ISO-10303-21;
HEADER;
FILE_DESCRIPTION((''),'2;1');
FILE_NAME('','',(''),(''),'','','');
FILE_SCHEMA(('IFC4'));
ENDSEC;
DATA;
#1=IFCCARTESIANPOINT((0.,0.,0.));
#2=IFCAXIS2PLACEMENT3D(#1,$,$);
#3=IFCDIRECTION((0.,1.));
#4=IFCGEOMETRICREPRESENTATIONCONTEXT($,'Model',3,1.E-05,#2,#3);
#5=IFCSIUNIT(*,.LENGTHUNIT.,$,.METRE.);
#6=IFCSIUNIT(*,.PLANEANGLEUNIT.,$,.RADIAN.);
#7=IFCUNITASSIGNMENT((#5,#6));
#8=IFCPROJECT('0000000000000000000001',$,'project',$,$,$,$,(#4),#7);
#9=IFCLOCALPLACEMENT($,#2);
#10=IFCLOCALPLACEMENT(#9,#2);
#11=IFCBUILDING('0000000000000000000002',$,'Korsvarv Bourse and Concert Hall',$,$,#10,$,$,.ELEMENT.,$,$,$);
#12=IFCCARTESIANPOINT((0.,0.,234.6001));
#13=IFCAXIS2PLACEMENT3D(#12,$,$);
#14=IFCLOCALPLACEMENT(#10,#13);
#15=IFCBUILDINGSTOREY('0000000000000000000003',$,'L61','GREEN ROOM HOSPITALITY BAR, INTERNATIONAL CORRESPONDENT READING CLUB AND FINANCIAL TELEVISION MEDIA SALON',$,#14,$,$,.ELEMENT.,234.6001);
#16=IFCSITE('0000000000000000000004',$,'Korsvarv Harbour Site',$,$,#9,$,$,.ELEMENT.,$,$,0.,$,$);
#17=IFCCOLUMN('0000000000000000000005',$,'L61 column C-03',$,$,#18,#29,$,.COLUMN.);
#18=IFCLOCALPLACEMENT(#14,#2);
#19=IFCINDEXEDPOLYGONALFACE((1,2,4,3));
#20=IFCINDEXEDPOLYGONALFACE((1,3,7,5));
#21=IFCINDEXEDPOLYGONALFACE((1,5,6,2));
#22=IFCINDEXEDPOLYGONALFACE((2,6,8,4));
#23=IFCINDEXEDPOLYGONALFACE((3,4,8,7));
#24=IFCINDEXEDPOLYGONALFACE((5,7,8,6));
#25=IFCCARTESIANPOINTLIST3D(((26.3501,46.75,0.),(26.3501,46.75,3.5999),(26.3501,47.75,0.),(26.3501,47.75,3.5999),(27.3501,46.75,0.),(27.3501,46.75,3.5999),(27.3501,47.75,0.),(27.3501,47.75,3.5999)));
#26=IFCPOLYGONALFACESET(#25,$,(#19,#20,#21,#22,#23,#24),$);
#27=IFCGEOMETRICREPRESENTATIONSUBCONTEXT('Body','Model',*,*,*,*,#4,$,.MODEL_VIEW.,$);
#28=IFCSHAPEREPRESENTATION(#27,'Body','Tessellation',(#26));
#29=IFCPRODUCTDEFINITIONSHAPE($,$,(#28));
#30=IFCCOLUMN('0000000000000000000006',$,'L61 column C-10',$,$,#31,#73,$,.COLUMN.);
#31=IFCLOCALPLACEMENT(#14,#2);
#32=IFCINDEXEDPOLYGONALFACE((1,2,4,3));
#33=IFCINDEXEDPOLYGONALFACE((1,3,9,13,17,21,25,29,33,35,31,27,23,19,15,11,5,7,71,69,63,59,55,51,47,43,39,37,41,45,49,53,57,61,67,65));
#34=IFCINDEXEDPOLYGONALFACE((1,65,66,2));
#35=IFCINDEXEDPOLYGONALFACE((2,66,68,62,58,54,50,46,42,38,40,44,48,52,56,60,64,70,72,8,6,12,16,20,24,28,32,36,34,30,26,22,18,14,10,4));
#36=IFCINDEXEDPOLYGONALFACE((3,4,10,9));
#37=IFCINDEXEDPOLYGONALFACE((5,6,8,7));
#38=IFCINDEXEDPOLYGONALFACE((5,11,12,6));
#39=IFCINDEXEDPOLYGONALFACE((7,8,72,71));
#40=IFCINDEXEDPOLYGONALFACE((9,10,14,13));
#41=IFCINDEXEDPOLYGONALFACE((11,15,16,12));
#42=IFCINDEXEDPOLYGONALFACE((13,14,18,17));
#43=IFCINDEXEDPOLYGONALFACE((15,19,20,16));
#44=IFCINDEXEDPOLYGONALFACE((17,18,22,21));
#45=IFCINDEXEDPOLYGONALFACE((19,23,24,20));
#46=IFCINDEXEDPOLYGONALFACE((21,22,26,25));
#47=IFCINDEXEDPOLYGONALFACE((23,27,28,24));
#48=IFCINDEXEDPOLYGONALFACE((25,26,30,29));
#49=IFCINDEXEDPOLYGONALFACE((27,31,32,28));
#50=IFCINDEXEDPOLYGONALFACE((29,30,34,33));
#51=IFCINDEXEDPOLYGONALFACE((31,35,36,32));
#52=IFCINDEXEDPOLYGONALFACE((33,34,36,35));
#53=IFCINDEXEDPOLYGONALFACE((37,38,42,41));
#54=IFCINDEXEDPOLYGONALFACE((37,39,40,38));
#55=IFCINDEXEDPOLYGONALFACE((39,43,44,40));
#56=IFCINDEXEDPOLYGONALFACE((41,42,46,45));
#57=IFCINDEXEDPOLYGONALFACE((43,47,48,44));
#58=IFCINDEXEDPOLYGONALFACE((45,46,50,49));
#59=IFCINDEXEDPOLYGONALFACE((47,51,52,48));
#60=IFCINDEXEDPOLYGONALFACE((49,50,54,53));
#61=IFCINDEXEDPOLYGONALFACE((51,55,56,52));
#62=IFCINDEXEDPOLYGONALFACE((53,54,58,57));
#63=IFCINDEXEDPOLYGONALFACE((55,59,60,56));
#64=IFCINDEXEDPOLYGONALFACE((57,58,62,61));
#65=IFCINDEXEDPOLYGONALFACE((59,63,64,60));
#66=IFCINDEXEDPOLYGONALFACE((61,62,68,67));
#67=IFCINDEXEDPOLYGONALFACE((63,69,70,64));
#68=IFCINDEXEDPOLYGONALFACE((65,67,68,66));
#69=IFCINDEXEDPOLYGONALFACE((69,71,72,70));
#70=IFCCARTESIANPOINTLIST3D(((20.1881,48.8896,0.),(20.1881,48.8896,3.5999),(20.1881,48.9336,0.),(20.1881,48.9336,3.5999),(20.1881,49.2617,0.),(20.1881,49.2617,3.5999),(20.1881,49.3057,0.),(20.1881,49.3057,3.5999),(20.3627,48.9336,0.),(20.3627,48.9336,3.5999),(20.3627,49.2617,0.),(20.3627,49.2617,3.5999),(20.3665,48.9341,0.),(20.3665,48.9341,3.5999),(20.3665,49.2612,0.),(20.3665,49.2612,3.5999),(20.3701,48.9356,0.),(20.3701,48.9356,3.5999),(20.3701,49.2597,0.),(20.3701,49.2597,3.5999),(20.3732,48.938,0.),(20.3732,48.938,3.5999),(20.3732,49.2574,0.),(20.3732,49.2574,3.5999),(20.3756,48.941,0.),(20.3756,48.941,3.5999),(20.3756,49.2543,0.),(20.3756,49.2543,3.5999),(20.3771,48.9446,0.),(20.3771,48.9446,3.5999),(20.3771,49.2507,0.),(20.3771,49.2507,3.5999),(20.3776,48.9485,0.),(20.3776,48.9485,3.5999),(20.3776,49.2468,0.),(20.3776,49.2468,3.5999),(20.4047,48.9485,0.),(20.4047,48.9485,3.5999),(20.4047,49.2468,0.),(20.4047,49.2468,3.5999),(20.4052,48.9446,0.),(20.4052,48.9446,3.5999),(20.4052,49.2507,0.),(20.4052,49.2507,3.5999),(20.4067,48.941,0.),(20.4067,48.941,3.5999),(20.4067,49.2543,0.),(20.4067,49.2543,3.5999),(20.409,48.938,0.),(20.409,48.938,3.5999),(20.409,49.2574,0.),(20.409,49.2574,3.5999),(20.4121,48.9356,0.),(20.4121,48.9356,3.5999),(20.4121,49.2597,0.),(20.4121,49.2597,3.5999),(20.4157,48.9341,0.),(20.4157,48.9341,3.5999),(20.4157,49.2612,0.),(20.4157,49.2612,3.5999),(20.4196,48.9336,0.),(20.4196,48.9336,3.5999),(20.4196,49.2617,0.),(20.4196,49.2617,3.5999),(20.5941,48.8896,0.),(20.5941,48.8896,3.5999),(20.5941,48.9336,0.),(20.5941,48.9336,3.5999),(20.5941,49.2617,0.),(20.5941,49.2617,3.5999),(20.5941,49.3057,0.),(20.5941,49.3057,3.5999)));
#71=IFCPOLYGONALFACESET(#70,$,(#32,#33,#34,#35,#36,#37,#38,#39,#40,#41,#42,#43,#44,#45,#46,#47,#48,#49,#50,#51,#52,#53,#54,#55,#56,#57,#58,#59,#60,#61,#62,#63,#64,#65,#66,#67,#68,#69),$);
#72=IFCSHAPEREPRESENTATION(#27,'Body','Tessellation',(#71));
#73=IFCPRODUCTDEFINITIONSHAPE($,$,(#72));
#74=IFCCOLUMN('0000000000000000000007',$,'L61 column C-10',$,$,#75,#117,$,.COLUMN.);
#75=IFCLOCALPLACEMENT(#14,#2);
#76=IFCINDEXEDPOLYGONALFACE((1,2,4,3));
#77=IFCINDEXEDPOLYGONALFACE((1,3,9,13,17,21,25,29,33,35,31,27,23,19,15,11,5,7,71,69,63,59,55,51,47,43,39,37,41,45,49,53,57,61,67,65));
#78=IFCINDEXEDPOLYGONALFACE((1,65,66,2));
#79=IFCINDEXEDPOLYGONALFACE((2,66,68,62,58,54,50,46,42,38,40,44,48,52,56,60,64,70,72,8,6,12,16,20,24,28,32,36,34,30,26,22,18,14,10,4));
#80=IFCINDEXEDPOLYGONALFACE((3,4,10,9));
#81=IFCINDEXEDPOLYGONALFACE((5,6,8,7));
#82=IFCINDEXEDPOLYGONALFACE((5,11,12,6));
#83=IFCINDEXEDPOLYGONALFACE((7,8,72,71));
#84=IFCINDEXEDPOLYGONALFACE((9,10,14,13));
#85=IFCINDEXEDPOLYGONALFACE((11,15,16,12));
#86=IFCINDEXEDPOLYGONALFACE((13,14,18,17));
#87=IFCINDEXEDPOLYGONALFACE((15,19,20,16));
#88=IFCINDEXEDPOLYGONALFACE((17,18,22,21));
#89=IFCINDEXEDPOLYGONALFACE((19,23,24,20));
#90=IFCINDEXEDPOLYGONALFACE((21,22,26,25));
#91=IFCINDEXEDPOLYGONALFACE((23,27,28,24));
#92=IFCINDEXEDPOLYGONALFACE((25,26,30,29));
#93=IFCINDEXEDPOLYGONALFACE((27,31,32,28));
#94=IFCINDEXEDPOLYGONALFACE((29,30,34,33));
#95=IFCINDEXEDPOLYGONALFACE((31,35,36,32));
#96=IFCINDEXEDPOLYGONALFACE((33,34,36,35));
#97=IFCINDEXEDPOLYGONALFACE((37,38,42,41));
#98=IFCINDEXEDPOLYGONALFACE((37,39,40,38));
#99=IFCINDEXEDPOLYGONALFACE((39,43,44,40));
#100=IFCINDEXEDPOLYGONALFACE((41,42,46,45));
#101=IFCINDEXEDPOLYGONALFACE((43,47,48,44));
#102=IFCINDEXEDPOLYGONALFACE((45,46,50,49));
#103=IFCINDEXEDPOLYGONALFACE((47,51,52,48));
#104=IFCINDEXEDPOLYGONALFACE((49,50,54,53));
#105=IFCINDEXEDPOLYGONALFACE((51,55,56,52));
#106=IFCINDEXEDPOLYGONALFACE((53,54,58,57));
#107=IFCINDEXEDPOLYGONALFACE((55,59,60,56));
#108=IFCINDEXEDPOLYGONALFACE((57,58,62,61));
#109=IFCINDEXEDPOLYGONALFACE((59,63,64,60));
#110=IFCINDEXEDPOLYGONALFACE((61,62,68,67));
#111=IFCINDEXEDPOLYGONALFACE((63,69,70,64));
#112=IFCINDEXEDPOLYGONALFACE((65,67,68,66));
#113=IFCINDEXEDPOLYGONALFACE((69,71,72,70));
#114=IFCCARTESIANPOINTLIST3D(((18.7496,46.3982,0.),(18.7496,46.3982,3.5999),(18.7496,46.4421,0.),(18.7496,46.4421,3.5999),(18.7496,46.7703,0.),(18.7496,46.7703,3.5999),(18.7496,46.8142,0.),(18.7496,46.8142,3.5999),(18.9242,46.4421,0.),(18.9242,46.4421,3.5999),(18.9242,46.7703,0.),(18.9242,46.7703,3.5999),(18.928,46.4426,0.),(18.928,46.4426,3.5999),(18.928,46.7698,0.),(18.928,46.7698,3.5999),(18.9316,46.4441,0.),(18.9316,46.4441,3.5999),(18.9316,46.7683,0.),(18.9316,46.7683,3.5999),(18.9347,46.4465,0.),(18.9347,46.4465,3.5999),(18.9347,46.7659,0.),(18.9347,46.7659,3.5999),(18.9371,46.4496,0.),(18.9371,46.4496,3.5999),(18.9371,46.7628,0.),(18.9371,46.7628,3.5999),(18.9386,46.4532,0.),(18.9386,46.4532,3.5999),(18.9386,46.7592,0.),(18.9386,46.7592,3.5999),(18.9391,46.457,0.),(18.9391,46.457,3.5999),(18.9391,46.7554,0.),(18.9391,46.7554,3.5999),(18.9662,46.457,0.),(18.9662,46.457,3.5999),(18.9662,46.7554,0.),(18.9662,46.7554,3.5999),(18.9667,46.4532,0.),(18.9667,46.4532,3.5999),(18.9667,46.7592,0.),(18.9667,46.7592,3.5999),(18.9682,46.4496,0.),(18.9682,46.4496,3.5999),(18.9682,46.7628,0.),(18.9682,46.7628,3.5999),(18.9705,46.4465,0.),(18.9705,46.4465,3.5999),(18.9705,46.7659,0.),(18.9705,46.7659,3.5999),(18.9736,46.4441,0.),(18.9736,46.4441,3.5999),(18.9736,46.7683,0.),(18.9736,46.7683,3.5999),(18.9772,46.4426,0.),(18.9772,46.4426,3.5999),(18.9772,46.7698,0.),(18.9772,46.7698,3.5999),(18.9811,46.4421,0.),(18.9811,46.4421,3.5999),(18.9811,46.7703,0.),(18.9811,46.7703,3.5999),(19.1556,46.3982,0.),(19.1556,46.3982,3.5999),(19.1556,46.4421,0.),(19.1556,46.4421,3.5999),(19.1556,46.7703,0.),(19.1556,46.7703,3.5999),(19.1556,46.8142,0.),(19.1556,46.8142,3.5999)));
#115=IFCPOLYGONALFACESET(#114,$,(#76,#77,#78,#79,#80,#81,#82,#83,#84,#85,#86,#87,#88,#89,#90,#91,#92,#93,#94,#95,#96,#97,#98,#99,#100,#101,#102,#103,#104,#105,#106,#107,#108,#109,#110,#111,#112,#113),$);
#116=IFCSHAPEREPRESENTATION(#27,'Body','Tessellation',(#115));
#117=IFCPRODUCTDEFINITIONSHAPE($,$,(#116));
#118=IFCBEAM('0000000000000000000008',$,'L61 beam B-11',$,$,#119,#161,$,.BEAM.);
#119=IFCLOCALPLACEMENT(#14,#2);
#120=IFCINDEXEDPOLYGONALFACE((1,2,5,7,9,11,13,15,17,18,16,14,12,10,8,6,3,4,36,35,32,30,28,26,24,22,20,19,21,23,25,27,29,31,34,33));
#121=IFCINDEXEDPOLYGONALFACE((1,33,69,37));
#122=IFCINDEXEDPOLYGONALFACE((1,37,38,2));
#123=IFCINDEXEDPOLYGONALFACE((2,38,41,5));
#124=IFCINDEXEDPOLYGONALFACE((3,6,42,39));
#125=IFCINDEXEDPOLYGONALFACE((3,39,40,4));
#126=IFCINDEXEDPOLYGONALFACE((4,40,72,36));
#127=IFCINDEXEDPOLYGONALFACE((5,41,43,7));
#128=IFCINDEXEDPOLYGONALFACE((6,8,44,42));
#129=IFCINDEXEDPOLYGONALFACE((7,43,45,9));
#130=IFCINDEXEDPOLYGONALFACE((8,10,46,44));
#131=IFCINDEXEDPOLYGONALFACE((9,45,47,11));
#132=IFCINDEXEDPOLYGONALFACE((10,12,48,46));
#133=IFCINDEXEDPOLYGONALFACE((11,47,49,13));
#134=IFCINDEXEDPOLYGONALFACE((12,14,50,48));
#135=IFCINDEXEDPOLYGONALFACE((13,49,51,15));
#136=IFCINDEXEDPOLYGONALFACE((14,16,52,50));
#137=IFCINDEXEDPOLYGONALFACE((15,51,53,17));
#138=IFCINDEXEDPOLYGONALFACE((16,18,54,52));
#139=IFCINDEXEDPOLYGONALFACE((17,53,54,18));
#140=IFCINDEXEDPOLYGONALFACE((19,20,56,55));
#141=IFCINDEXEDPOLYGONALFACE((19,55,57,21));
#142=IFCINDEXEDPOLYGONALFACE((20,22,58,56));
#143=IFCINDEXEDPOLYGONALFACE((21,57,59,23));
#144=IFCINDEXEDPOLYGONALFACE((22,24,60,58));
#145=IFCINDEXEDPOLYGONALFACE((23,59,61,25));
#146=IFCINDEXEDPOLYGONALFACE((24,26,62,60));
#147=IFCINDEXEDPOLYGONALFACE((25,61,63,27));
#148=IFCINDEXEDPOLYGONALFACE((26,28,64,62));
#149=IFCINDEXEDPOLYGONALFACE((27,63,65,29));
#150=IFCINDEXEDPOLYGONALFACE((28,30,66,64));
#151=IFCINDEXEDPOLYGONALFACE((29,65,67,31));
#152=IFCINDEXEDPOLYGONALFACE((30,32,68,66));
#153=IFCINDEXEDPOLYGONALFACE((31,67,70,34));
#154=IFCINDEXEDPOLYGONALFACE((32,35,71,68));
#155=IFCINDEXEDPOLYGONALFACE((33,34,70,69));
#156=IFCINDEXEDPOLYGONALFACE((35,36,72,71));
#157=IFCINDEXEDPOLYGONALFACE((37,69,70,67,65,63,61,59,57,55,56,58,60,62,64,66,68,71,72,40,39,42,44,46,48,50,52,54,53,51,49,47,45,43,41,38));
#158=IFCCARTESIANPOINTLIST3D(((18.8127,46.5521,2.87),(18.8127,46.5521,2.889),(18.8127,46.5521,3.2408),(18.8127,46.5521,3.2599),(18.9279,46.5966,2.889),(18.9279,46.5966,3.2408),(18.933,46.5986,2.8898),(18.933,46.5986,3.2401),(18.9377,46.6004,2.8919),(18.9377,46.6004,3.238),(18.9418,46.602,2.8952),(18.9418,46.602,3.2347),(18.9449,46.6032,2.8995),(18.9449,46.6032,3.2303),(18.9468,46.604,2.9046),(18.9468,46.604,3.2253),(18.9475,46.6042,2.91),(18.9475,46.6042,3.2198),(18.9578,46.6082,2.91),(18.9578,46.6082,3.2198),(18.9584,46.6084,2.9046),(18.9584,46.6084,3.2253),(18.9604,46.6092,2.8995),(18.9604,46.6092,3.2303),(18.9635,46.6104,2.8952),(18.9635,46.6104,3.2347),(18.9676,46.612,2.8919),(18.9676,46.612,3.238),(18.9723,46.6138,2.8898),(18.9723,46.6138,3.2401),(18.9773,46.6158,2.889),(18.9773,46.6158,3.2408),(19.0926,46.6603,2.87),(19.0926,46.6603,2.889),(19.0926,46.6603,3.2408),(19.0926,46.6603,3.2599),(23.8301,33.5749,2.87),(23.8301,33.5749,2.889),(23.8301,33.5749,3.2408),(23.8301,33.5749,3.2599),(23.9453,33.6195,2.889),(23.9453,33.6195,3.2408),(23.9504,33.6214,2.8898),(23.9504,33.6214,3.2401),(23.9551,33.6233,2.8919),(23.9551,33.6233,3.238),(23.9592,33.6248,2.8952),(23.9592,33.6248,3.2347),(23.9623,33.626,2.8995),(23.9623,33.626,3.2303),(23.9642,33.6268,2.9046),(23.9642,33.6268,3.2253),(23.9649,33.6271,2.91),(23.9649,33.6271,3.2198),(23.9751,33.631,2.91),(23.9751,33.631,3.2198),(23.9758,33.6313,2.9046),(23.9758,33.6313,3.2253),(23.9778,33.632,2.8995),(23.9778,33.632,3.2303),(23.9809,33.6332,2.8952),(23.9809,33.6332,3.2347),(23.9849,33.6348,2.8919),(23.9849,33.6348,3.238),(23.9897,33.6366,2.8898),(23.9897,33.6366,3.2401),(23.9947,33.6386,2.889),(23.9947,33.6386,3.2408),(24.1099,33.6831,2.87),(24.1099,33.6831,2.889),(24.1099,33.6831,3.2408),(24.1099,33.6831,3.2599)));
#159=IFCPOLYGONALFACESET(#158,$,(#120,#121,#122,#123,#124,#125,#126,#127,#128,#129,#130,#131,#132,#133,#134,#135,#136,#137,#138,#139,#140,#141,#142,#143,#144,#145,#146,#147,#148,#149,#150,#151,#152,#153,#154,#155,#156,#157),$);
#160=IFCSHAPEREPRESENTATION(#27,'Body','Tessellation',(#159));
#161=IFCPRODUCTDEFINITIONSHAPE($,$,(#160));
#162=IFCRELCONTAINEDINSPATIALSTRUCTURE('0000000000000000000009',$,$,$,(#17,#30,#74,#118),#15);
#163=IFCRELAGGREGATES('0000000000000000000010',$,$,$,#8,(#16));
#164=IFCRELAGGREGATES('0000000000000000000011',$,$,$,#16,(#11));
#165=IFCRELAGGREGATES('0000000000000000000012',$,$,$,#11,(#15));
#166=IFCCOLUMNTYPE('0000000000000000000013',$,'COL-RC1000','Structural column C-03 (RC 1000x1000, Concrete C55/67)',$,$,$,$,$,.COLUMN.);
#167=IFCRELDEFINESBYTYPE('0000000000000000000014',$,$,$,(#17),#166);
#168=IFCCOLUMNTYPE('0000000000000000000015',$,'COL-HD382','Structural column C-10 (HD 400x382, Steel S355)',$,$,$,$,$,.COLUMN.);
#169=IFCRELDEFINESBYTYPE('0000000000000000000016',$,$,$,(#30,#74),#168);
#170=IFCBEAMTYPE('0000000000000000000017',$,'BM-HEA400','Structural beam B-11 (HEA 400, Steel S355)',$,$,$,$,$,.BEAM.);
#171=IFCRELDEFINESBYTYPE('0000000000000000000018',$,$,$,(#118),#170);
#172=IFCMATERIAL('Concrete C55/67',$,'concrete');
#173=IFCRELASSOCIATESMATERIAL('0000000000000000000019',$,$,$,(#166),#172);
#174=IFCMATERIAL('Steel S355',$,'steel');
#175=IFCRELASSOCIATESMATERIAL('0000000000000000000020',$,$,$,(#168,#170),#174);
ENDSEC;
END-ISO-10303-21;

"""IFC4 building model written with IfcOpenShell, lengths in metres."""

from ifc_helpers import new_model, si_unit, direction, frame, origin, origin_2d, place, context, subcontext, project, spatial, rectangle, i_section, extrude, source, transform, mapped, material, material_profile, profile_set, type_object, element, save


model = new_model("IFC4")

# Units and contexts
model_context = context("Model", 3, precision=1e-05, world=origin(), true_north=direction((0.0, 1.0)))
body_context = subcontext(model_context, "Body", "Model", "MODEL_VIEW")
ifc_project = project(units=[si_unit("LENGTHUNIT", "METRE"), si_unit("PLANEANGLEUNIT", "RADIAN")], contexts=[model_context])

# Site, building, storey
site_placement = place(None, origin())
site = spatial("IfcSite", under=ifc_project, at=site_placement, Name="Korsvarv Harbour Site", CompositionType="ELEMENT", RefElevation=0.0)
building_placement = place(site_placement, origin())
building = spatial("IfcBuilding", under=site, at=building_placement, Name="Korsvarv Bourse and Concert Hall", CompositionType="ELEMENT")
storey_placement = place(building_placement, frame((0.0, 0.0, 234.6001)))
storey = spatial("IfcBuildingStorey", under=building, at=storey_placement, Name="L61", Description="GREEN ROOM HOSPITALITY BAR, INTERNATIONAL CORRESPONDENT READING CLUB AND FINANCIAL TELEVISION MEDIA SALON", CompositionType="ELEMENT", Elevation=234.6001)

# Columns
ifc_material_1 = material(Name="Concrete C55/67", Category="concrete")
ifc_material_profile_1 = material_profile(ifc_material_1, rectangle(XDim=1.0, YDim=1.0, at=origin_2d()), Name="RC 1000x1000")
ifc_profile_set_1 = profile_set([ifc_material_profile_1], Name="Concrete C55/67")
column_type_1 = type_object("IfcColumnType", Name="COL-RC1000", Description="Structural column C-03 (RC 1000x1000, Concrete C55/67)", PredefinedType="COLUMN", material=ifc_profile_set_1)
shared_shape_1 = source(origin(), body_context, "Body", "SweptSolid", [
    extrude(rectangle(XDim=1.0, YDim=1.0, at=origin_2d()), origin(), (0.0, 0.0, 1.0), 3.5999),
])
column_placement = place(storey_placement, frame((26.8501, 47.25, 0.0), z_axis=(0.0, 0.0, 1.0), x_axis=(1.0, 0.0, 0.0)))
element("IfcColumn", 1, at=column_placement, inside=storey, type_object=column_type_1, Name="L61 column C-03", PredefinedType="COLUMN", context=body_context, shape_type="MappedRepresentation", body=[
    mapped(shared_shape_1, transform((0.0, 0.0, 0.0), scale=1.0)),
])
ifc_material_2 = material(Name="Steel S355", Category="steel")
ifc_material_profile_2 = material_profile(ifc_material_2, i_section(OverallWidth=0.406, OverallDepth=0.416, WebThickness=0.0271, FlangeThickness=0.0439, FilletRadius=0.0149, at=origin_2d()), Name="HD 400x382")
ifc_profile_set_2 = profile_set([ifc_material_profile_2], Name="Steel S355")
column_type_2 = type_object("IfcColumnType", Name="COL-HD382", Description="Structural column C-10 (HD 400x382, Steel S355)", PredefinedType="COLUMN", material=ifc_profile_set_2)
shared_shape_2 = source(origin(), body_context, "Body", "SweptSolid", [
    extrude(i_section(OverallWidth=0.406, OverallDepth=0.416, WebThickness=0.0271, FlangeThickness=0.0439, FilletRadius=0.0149, at=origin_2d()), origin(), (0.0, 0.0, 1.0), 3.5999),
])
for number, where, z_axis, x_axis, name in (
    (2, (20.3911, 49.0977, 0.0), (0.0, 0.0, 1.0), (1.0, 0.0, 0.0), "L61 column C-10"),
    (3, (18.9526, 46.6062, 0.0), (0.0, 0.0, 1.0), (1.0, 0.0, 0.0), "L61 column C-10"),
):
    element("IfcColumn", number, at=place(storey_placement, frame(where, z_axis=z_axis, x_axis=x_axis)), inside=storey, type_object=column_type_2, Name=name, PredefinedType="COLUMN", context=body_context, shape_type="MappedRepresentation", body=[
        mapped(shared_shape_2, transform((0.0, 0.0, 0.0), scale=1.0)),
    ])

# Beam
ifc_material_profile_3 = material_profile(ifc_material_2, i_section(OverallWidth=0.3, OverallDepth=0.3899, WebThickness=0.011, FlangeThickness=0.019, FilletRadius=0.021, at=origin_2d()), Name="HEA 400")
ifc_profile_set_3 = profile_set([ifc_material_profile_3], Name="Steel S355")
beam_type_1 = type_object("IfcBeamType", Name="BM-HEA400", Description="Structural beam B-11 (HEA 400, Steel S355)", PredefinedType="BEAM", material=ifc_profile_set_3)
shared_shape_3 = source(origin(), body_context, "Body", "SweptSolid", [
    extrude(i_section(OverallWidth=0.3, OverallDepth=0.3899, WebThickness=0.011, FlangeThickness=0.019, FilletRadius=0.021, at=origin_2d()), origin(), (0.0, 0.0, 1.0), 13.9133),
])
beam_1_placement = place(storey_placement, frame((18.9526, 46.6062, 3.0649), z_axis=(0.360616, -0.932714, 0.0), x_axis=(0.932714, 0.360616, 0.0)))
element("IfcBeam", 4, at=beam_1_placement, inside=storey, type_object=beam_type_1, Name="L61 beam B-11", PredefinedType="BEAM", context=body_context, shape_type="MappedRepresentation", body=[
    mapped(shared_shape_3, transform((0.0, 0.0, 0.0), scale=1.0)),
])

save(model, "model.ifc")
